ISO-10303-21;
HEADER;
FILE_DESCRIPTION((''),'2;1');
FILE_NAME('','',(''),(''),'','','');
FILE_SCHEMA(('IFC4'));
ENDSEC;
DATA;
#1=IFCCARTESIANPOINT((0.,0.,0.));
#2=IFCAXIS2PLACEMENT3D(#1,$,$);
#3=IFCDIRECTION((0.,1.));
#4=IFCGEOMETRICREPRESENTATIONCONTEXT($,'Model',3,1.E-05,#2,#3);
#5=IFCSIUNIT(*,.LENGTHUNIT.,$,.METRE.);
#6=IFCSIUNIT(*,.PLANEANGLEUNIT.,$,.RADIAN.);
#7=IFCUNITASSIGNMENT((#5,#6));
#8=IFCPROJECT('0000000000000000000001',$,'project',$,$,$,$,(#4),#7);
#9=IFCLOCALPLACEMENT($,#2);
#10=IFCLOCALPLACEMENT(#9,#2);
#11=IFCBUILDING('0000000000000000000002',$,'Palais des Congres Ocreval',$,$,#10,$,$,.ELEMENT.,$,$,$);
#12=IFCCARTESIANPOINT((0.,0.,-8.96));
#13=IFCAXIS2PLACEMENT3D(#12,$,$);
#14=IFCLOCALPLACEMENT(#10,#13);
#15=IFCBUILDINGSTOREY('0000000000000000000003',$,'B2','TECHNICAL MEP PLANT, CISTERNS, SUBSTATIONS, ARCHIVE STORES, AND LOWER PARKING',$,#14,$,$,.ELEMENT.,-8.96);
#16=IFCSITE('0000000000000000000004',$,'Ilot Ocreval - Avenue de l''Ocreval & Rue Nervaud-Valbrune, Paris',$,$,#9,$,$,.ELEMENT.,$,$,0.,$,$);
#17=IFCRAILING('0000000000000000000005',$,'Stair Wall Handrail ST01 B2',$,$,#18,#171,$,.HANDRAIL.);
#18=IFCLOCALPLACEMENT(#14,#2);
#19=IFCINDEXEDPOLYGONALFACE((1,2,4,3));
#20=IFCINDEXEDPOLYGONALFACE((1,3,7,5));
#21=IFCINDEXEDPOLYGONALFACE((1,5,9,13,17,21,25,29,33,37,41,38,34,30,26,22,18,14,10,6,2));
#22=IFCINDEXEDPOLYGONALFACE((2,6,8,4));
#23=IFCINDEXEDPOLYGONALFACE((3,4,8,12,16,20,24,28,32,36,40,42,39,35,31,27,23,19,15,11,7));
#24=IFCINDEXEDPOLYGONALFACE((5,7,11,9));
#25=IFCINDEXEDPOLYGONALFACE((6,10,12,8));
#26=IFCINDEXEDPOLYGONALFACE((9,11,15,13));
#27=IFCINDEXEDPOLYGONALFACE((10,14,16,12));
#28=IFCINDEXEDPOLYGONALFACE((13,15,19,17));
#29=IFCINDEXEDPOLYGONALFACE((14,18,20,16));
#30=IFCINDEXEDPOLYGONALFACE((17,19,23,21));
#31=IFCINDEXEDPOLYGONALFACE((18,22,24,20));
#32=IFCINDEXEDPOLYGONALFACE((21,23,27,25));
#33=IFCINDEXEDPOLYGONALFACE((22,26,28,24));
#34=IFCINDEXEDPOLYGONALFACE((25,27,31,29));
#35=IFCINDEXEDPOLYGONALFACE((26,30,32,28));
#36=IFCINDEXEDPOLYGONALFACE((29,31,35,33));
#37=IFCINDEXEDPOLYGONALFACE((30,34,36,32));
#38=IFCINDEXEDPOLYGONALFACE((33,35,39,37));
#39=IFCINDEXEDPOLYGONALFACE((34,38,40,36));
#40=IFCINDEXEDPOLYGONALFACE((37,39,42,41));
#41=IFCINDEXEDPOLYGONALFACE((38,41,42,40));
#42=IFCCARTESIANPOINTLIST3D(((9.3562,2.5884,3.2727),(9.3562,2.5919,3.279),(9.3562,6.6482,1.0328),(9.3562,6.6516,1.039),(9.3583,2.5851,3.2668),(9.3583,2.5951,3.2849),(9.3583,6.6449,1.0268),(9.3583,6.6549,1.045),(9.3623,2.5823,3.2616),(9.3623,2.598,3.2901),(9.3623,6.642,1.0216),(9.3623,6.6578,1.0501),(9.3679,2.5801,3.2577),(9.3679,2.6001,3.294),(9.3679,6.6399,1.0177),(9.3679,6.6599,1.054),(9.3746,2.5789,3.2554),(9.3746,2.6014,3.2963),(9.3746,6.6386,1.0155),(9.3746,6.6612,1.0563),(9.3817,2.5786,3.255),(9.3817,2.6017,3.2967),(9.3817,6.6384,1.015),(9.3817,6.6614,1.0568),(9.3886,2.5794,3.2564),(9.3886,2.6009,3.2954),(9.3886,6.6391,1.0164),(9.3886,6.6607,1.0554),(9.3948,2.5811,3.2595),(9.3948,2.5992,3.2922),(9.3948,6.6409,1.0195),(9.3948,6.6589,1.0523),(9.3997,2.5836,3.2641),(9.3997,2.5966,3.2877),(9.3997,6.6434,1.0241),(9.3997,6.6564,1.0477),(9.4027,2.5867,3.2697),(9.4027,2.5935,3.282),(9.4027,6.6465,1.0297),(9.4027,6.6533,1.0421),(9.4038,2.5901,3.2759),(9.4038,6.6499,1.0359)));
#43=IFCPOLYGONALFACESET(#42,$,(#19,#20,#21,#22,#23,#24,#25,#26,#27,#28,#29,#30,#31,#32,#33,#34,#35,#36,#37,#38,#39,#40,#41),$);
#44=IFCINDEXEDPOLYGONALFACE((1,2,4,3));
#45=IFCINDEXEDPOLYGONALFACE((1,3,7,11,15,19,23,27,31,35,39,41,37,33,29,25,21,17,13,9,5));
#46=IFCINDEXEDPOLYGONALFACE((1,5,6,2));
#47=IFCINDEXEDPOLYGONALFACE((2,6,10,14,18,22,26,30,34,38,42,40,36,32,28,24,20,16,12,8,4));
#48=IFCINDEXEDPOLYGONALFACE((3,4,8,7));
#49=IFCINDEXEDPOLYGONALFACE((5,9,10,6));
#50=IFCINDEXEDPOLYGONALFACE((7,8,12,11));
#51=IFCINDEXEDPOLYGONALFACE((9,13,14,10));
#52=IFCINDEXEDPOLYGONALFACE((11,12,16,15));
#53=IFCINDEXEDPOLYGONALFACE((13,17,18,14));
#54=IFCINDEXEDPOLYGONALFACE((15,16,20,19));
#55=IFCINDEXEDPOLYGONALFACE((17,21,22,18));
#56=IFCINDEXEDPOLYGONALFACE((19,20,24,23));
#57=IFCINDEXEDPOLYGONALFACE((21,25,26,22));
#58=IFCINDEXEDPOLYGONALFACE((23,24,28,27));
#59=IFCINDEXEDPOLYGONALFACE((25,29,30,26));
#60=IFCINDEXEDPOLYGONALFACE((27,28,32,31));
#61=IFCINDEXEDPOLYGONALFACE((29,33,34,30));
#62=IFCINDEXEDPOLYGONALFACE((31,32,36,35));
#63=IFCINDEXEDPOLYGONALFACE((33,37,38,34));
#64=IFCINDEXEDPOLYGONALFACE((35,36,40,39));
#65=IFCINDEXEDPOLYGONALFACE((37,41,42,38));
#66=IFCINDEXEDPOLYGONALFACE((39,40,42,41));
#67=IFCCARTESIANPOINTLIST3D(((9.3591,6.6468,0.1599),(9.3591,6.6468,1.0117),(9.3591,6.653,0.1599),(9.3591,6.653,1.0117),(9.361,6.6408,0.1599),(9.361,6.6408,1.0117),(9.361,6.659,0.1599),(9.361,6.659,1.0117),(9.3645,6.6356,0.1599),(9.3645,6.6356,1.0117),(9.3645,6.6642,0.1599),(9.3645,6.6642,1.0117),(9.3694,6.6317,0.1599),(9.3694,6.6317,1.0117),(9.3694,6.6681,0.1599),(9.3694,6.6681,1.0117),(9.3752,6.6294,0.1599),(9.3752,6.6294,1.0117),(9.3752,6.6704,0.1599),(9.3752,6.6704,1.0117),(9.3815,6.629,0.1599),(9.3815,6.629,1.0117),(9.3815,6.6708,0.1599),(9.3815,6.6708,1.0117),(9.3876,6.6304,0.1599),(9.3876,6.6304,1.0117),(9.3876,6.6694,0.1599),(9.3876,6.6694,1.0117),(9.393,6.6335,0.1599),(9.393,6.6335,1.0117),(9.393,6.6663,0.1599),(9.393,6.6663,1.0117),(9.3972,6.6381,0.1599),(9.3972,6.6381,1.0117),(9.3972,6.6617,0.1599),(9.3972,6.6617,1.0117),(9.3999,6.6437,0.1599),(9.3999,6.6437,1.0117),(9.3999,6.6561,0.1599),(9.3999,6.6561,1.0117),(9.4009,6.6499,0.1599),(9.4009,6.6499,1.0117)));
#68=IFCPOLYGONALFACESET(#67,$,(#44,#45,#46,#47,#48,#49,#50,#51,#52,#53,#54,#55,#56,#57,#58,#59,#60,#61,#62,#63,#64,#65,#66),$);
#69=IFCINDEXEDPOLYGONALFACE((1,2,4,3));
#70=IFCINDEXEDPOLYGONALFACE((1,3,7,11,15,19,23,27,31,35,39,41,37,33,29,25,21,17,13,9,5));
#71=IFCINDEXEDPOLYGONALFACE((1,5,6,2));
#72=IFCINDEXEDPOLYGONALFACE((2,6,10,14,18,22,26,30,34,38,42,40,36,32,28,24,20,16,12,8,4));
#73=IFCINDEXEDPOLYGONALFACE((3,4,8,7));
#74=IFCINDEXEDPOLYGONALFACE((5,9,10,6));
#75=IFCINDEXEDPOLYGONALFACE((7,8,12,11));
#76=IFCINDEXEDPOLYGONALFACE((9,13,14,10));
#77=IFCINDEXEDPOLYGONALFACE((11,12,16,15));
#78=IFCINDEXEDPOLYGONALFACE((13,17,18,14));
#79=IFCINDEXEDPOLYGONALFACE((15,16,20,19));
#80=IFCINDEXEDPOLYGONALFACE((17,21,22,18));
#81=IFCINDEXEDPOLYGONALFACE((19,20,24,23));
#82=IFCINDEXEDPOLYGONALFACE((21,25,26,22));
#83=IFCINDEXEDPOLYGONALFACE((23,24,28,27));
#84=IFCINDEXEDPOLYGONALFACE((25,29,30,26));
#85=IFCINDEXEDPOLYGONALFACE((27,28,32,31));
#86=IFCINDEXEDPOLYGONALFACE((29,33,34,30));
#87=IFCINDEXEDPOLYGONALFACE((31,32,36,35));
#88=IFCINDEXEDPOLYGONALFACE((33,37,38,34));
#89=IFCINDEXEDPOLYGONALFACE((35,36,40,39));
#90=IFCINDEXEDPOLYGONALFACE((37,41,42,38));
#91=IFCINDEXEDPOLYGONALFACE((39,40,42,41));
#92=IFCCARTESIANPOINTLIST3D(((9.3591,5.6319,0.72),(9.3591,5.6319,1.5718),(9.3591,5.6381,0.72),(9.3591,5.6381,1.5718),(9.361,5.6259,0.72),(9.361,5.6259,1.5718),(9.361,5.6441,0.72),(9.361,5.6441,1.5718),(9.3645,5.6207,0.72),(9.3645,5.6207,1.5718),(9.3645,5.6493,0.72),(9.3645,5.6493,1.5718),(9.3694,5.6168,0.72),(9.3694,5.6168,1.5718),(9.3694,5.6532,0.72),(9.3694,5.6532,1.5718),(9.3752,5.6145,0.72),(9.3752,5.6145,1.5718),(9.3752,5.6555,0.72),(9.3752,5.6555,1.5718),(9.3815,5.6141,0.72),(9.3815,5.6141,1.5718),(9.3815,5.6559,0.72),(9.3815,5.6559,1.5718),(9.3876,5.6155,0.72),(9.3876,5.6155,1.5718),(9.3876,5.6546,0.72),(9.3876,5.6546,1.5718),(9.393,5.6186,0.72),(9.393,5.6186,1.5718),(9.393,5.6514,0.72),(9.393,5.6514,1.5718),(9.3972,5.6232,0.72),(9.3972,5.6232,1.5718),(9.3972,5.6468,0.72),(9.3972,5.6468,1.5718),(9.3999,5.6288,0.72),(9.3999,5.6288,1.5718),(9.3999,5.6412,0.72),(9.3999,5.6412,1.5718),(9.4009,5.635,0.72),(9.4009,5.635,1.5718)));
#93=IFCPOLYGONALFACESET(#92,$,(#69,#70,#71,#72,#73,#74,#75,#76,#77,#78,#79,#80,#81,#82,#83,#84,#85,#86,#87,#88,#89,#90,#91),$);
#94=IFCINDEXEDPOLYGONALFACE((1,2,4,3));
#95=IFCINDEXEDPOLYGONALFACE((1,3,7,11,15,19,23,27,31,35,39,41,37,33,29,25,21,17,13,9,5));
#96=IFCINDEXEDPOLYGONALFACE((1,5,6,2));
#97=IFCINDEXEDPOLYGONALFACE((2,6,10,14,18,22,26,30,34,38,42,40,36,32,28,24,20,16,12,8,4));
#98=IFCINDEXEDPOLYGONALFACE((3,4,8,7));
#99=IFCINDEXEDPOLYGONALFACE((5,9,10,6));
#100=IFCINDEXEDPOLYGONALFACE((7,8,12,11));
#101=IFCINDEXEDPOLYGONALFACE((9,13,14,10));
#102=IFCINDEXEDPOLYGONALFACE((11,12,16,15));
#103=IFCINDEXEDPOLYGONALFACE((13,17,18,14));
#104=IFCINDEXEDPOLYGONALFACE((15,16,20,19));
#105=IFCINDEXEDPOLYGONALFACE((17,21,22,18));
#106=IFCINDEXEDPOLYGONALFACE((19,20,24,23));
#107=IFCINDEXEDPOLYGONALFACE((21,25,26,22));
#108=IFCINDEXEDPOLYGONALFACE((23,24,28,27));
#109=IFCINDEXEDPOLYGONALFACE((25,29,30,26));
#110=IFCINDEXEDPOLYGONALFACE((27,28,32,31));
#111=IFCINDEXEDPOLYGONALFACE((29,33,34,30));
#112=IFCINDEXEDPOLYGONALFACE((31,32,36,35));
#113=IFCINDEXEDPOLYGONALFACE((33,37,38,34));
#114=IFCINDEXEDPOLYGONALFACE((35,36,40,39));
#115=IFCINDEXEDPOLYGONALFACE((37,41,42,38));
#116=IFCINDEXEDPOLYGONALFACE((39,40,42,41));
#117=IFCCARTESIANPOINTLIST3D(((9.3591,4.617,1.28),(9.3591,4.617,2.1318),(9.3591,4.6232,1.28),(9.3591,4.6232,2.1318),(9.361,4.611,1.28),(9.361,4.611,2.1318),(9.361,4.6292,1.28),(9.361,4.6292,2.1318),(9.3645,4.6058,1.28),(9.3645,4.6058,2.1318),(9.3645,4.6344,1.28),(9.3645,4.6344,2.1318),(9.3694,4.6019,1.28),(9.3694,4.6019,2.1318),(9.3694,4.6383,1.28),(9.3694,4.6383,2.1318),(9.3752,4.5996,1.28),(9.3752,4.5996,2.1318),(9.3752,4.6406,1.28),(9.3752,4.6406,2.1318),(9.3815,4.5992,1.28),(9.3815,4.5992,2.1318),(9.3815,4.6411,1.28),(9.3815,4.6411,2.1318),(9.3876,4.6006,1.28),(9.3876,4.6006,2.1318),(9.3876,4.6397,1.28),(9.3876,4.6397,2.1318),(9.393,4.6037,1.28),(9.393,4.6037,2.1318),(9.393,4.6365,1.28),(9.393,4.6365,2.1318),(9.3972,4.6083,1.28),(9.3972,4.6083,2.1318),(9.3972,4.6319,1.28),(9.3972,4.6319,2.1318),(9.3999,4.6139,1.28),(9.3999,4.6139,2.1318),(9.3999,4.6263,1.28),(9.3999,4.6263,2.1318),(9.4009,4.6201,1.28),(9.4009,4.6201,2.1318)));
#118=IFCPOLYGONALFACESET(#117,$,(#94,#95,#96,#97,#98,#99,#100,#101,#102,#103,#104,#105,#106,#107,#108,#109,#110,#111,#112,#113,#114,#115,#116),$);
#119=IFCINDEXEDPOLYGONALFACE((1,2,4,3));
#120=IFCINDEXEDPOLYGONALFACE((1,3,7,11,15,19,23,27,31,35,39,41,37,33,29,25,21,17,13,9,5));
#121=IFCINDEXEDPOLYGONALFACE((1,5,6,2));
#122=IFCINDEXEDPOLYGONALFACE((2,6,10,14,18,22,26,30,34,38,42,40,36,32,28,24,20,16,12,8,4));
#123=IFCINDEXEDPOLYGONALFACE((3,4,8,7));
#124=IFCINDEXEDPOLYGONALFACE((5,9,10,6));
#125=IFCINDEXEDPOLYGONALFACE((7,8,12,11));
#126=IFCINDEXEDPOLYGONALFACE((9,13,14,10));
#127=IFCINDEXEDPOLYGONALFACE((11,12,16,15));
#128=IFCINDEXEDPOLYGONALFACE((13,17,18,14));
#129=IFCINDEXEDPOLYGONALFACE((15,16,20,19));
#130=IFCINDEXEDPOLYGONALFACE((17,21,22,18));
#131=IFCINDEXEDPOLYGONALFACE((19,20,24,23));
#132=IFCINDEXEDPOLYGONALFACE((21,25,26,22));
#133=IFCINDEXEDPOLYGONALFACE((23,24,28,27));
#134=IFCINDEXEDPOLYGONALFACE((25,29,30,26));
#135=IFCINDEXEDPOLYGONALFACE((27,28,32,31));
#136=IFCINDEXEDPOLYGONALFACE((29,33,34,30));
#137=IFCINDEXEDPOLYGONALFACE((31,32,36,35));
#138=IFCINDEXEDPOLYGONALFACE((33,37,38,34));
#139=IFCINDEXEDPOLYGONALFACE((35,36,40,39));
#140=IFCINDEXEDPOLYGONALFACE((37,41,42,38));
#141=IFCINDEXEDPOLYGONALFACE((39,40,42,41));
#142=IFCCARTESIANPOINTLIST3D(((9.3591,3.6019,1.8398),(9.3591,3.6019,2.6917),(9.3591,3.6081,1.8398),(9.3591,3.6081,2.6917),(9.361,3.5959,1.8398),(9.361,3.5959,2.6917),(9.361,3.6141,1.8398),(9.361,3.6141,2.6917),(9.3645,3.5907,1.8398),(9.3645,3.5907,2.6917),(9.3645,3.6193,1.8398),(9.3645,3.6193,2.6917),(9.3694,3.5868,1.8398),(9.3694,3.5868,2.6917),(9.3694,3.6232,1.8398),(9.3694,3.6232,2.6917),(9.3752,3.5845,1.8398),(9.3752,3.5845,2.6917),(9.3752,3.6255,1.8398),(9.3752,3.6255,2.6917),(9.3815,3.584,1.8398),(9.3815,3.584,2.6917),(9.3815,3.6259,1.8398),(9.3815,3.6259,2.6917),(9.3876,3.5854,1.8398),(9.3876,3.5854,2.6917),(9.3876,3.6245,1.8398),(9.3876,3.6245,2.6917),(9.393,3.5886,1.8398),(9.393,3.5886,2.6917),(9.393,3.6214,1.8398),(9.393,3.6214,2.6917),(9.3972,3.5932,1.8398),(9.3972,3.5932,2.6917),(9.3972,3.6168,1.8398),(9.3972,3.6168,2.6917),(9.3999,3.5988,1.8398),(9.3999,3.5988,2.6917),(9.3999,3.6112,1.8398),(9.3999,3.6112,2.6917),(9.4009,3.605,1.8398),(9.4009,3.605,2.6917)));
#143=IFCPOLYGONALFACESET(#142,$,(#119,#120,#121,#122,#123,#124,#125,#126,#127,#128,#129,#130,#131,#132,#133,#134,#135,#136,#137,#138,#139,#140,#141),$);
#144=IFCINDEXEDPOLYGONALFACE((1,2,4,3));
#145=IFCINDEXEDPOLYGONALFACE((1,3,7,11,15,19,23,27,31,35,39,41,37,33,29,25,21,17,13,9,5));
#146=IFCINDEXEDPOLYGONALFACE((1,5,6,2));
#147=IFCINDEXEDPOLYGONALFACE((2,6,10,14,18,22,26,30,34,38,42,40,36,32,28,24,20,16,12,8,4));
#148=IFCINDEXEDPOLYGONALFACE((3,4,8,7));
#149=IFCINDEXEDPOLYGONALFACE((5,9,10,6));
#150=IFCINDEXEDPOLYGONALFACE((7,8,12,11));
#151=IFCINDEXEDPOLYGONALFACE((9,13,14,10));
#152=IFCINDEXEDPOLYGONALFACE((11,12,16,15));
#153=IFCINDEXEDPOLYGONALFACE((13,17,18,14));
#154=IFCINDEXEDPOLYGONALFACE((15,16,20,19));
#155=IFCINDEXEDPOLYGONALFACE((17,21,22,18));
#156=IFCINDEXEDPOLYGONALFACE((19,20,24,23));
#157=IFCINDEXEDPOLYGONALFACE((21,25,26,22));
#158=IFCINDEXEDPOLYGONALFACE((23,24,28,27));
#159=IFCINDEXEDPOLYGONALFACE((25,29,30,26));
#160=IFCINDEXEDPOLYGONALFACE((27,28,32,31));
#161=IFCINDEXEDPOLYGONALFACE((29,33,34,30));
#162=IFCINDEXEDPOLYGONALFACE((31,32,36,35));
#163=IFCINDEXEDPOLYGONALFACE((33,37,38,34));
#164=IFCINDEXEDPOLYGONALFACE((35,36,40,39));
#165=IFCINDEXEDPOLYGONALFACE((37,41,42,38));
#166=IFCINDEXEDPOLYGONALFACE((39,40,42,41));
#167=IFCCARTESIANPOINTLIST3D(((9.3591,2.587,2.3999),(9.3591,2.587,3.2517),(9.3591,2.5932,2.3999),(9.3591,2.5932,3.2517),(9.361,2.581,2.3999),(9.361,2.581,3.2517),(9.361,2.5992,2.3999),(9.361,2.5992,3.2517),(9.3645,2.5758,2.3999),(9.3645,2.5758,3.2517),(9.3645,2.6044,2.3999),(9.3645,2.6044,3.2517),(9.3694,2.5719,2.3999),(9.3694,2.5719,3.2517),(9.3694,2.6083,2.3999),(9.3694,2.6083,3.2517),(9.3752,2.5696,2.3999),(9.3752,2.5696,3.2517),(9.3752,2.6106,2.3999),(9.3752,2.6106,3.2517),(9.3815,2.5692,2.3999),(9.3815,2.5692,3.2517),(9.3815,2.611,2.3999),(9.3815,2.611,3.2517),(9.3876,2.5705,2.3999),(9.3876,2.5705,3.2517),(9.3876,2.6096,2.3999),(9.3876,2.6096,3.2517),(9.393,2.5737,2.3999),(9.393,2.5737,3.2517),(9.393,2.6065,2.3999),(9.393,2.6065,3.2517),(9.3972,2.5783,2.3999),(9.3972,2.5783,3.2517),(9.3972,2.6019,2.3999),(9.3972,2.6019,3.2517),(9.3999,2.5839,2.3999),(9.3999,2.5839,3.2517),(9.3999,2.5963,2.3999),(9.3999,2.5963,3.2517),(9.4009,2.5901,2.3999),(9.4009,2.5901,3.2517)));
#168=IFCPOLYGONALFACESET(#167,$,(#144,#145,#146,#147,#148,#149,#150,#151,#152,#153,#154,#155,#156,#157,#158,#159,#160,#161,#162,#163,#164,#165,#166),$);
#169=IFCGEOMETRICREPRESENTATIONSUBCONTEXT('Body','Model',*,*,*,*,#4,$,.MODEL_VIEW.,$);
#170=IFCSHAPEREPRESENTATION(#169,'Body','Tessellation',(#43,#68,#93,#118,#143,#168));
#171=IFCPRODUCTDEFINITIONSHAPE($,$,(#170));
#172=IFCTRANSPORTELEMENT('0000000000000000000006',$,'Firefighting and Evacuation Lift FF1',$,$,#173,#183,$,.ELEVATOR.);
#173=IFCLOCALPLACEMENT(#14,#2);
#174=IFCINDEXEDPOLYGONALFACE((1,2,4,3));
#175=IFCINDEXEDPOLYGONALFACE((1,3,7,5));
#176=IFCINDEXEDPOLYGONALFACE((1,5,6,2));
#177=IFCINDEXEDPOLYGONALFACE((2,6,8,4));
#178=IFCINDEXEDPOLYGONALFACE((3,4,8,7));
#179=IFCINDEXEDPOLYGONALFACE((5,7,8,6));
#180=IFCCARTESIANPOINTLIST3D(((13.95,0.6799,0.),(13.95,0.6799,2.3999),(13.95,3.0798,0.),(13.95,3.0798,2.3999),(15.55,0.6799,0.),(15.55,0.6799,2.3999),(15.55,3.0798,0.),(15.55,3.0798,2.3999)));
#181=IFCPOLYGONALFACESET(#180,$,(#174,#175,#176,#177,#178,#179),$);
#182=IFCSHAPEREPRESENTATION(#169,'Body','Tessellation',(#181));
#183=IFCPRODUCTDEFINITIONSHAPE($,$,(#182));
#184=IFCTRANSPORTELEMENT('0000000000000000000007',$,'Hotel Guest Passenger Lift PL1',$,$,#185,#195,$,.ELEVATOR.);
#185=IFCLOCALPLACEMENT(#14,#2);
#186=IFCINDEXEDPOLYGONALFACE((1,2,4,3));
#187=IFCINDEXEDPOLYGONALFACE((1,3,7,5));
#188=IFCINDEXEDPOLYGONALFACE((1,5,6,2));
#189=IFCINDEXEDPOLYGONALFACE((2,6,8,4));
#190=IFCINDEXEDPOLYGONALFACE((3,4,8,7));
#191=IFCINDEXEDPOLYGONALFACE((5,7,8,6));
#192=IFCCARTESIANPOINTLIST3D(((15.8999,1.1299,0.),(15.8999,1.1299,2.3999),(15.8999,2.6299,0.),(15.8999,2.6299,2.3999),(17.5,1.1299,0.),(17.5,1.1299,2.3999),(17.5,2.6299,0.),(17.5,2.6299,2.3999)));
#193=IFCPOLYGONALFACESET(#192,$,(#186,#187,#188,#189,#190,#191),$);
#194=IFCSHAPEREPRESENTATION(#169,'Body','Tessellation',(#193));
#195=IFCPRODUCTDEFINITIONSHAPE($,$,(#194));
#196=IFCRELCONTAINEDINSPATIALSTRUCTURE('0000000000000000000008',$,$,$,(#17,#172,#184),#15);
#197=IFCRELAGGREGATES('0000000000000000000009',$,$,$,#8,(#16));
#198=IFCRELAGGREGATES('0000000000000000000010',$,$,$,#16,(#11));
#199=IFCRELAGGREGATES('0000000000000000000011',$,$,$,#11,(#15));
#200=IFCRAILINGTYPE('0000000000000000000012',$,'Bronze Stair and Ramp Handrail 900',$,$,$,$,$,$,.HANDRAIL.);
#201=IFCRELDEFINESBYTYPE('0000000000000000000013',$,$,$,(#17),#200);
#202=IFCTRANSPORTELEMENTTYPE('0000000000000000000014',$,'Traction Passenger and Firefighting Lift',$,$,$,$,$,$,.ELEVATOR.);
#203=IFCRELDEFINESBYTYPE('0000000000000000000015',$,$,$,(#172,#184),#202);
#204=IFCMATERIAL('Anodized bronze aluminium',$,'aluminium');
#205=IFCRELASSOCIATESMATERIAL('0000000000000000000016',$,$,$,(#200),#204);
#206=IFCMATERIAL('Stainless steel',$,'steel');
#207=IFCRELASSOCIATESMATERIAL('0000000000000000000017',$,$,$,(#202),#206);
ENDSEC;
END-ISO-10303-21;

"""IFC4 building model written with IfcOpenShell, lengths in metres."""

from ifc_helpers import new_model, si_unit, direction, frame, origin, origin_2d, place, context, subcontext, project, spatial, rectangle, circle, extrude, material, type_object, element, save


model = new_model("IFC4")

# Units and contexts
model_context = context("Model", 3, precision=1e-05, world=origin(), true_north=direction((0.0, 1.0)))
body_context = subcontext(model_context, "Body", "Model", "MODEL_VIEW")
ifc_project = project(units=[si_unit("LENGTHUNIT", "METRE"), si_unit("PLANEANGLEUNIT", "RADIAN")], contexts=[model_context])

# Site, building, storey
site_placement = place(None, origin())
site = spatial("IfcSite", under=ifc_project, at=site_placement, Name="Ilot Ocreval - Avenue de l'Ocreval & Rue Nervaud-Valbrune, Paris", CompositionType="ELEMENT", RefElevation=0.0)
building_placement = place(site_placement, origin())
building = spatial("IfcBuilding", under=site, at=building_placement, Name="Palais des Congres Ocreval", CompositionType="ELEMENT")
storey_placement = place(building_placement, frame((0.0, 0.0, -8.96)))
storey = spatial("IfcBuildingStorey", under=building, at=storey_placement, Name="B2", Description="TECHNICAL MEP PLANT, CISTERNS, SUBSTATIONS, ARCHIVE STORES, AND LOWER PARKING", CompositionType="ELEMENT", Elevation=-8.96)

# Shared definitions
ifc_material_1 = material(Name="Stainless steel", Category="steel")

# Railing
ifc_material_2 = material(Name="Anodized bronze aluminium", Category="aluminium")
railing_type_1 = type_object("IfcRailingType", Name="Bronze Stair and Ramp Handrail 900", PredefinedType="HANDRAIL", material=ifc_material_2)
railing_1_placement = place(storey_placement, frame((9.3799, 6.6499, 0.1599)))
element("IfcRailing", 1, at=railing_1_placement, inside=storey, type_object=railing_type_1, Name="Stair Wall Handrail ST01 B2", PredefinedType="HANDRAIL", context=body_context, shape_type="SweptSolid", body=[
    extrude(circle(Radius=0.0239, at=origin_2d()), frame((0.0, 0.0, 0.876), z_axis=(0.0, -0.875569, 0.483093), x_axis=(1.0, 0.0, 0.0)), (0.0, 0.0, 1.0), 4.6367),
    extrude(circle(Radius=0.021, at=origin_2d()), origin(), (0.0, 0.0, 1.0), 0.8518),
    extrude(circle(Radius=0.021, at=origin_2d()), frame((0.0, -1.0149, 0.5601)), (0.0, 0.0, 1.0), 0.8518),
    extrude(circle(Radius=0.021, at=origin_2d()), frame((0.0, -2.0298, 1.1201)), (0.0, 0.0, 1.0), 0.8518),
    extrude(circle(Radius=0.021, at=origin_2d()), frame((0.0, -3.0449, 1.6799)), (0.0, 0.0, 1.0), 0.8518),
    extrude(circle(Radius=0.021, at=origin_2d()), frame((0.0, -4.0598, 2.24)), (0.0, 0.0, 1.0), 0.8518),
])

# Transport elements
transport_element_type = type_object("IfcTransportElementType", Name="Traction Passenger and Firefighting Lift", PredefinedType="ELEVATOR", material=ifc_material_1)
transport_element_1_placement = place(storey_placement, frame((14.75, 1.8799, 0.0), z_axis=(0.0, 0.0, 1.0), x_axis=(1.0, 0.0, 0.0)))
element("IfcTransportElement", 2, at=transport_element_1_placement, inside=storey, type_object=transport_element_type, Name="Firefighting and Evacuation Lift FF1", PredefinedType="ELEVATOR", context=body_context, shape_type="SweptSolid", body=[
    extrude(rectangle(XDim=1.6001, YDim=2.3999, at=origin_2d()), origin(), (0.0, 0.0, 1.0), 2.3999),
])
transport_element_2_placement = place(storey_placement, frame((16.7, 1.8799, 0.0), z_axis=(0.0, 0.0, 1.0), x_axis=(1.0, 0.0, 0.0)))
element("IfcTransportElement", 3, at=transport_element_2_placement, inside=storey, type_object=transport_element_type, Name="Hotel Guest Passenger Lift PL1", PredefinedType="ELEVATOR", context=body_context, shape_type="SweptSolid", body=[
    extrude(rectangle(XDim=1.6001, YDim=1.5, at=origin_2d()), origin(), (0.0, 0.0, 1.0), 2.3999),
])

save(model, "model.ifc")
